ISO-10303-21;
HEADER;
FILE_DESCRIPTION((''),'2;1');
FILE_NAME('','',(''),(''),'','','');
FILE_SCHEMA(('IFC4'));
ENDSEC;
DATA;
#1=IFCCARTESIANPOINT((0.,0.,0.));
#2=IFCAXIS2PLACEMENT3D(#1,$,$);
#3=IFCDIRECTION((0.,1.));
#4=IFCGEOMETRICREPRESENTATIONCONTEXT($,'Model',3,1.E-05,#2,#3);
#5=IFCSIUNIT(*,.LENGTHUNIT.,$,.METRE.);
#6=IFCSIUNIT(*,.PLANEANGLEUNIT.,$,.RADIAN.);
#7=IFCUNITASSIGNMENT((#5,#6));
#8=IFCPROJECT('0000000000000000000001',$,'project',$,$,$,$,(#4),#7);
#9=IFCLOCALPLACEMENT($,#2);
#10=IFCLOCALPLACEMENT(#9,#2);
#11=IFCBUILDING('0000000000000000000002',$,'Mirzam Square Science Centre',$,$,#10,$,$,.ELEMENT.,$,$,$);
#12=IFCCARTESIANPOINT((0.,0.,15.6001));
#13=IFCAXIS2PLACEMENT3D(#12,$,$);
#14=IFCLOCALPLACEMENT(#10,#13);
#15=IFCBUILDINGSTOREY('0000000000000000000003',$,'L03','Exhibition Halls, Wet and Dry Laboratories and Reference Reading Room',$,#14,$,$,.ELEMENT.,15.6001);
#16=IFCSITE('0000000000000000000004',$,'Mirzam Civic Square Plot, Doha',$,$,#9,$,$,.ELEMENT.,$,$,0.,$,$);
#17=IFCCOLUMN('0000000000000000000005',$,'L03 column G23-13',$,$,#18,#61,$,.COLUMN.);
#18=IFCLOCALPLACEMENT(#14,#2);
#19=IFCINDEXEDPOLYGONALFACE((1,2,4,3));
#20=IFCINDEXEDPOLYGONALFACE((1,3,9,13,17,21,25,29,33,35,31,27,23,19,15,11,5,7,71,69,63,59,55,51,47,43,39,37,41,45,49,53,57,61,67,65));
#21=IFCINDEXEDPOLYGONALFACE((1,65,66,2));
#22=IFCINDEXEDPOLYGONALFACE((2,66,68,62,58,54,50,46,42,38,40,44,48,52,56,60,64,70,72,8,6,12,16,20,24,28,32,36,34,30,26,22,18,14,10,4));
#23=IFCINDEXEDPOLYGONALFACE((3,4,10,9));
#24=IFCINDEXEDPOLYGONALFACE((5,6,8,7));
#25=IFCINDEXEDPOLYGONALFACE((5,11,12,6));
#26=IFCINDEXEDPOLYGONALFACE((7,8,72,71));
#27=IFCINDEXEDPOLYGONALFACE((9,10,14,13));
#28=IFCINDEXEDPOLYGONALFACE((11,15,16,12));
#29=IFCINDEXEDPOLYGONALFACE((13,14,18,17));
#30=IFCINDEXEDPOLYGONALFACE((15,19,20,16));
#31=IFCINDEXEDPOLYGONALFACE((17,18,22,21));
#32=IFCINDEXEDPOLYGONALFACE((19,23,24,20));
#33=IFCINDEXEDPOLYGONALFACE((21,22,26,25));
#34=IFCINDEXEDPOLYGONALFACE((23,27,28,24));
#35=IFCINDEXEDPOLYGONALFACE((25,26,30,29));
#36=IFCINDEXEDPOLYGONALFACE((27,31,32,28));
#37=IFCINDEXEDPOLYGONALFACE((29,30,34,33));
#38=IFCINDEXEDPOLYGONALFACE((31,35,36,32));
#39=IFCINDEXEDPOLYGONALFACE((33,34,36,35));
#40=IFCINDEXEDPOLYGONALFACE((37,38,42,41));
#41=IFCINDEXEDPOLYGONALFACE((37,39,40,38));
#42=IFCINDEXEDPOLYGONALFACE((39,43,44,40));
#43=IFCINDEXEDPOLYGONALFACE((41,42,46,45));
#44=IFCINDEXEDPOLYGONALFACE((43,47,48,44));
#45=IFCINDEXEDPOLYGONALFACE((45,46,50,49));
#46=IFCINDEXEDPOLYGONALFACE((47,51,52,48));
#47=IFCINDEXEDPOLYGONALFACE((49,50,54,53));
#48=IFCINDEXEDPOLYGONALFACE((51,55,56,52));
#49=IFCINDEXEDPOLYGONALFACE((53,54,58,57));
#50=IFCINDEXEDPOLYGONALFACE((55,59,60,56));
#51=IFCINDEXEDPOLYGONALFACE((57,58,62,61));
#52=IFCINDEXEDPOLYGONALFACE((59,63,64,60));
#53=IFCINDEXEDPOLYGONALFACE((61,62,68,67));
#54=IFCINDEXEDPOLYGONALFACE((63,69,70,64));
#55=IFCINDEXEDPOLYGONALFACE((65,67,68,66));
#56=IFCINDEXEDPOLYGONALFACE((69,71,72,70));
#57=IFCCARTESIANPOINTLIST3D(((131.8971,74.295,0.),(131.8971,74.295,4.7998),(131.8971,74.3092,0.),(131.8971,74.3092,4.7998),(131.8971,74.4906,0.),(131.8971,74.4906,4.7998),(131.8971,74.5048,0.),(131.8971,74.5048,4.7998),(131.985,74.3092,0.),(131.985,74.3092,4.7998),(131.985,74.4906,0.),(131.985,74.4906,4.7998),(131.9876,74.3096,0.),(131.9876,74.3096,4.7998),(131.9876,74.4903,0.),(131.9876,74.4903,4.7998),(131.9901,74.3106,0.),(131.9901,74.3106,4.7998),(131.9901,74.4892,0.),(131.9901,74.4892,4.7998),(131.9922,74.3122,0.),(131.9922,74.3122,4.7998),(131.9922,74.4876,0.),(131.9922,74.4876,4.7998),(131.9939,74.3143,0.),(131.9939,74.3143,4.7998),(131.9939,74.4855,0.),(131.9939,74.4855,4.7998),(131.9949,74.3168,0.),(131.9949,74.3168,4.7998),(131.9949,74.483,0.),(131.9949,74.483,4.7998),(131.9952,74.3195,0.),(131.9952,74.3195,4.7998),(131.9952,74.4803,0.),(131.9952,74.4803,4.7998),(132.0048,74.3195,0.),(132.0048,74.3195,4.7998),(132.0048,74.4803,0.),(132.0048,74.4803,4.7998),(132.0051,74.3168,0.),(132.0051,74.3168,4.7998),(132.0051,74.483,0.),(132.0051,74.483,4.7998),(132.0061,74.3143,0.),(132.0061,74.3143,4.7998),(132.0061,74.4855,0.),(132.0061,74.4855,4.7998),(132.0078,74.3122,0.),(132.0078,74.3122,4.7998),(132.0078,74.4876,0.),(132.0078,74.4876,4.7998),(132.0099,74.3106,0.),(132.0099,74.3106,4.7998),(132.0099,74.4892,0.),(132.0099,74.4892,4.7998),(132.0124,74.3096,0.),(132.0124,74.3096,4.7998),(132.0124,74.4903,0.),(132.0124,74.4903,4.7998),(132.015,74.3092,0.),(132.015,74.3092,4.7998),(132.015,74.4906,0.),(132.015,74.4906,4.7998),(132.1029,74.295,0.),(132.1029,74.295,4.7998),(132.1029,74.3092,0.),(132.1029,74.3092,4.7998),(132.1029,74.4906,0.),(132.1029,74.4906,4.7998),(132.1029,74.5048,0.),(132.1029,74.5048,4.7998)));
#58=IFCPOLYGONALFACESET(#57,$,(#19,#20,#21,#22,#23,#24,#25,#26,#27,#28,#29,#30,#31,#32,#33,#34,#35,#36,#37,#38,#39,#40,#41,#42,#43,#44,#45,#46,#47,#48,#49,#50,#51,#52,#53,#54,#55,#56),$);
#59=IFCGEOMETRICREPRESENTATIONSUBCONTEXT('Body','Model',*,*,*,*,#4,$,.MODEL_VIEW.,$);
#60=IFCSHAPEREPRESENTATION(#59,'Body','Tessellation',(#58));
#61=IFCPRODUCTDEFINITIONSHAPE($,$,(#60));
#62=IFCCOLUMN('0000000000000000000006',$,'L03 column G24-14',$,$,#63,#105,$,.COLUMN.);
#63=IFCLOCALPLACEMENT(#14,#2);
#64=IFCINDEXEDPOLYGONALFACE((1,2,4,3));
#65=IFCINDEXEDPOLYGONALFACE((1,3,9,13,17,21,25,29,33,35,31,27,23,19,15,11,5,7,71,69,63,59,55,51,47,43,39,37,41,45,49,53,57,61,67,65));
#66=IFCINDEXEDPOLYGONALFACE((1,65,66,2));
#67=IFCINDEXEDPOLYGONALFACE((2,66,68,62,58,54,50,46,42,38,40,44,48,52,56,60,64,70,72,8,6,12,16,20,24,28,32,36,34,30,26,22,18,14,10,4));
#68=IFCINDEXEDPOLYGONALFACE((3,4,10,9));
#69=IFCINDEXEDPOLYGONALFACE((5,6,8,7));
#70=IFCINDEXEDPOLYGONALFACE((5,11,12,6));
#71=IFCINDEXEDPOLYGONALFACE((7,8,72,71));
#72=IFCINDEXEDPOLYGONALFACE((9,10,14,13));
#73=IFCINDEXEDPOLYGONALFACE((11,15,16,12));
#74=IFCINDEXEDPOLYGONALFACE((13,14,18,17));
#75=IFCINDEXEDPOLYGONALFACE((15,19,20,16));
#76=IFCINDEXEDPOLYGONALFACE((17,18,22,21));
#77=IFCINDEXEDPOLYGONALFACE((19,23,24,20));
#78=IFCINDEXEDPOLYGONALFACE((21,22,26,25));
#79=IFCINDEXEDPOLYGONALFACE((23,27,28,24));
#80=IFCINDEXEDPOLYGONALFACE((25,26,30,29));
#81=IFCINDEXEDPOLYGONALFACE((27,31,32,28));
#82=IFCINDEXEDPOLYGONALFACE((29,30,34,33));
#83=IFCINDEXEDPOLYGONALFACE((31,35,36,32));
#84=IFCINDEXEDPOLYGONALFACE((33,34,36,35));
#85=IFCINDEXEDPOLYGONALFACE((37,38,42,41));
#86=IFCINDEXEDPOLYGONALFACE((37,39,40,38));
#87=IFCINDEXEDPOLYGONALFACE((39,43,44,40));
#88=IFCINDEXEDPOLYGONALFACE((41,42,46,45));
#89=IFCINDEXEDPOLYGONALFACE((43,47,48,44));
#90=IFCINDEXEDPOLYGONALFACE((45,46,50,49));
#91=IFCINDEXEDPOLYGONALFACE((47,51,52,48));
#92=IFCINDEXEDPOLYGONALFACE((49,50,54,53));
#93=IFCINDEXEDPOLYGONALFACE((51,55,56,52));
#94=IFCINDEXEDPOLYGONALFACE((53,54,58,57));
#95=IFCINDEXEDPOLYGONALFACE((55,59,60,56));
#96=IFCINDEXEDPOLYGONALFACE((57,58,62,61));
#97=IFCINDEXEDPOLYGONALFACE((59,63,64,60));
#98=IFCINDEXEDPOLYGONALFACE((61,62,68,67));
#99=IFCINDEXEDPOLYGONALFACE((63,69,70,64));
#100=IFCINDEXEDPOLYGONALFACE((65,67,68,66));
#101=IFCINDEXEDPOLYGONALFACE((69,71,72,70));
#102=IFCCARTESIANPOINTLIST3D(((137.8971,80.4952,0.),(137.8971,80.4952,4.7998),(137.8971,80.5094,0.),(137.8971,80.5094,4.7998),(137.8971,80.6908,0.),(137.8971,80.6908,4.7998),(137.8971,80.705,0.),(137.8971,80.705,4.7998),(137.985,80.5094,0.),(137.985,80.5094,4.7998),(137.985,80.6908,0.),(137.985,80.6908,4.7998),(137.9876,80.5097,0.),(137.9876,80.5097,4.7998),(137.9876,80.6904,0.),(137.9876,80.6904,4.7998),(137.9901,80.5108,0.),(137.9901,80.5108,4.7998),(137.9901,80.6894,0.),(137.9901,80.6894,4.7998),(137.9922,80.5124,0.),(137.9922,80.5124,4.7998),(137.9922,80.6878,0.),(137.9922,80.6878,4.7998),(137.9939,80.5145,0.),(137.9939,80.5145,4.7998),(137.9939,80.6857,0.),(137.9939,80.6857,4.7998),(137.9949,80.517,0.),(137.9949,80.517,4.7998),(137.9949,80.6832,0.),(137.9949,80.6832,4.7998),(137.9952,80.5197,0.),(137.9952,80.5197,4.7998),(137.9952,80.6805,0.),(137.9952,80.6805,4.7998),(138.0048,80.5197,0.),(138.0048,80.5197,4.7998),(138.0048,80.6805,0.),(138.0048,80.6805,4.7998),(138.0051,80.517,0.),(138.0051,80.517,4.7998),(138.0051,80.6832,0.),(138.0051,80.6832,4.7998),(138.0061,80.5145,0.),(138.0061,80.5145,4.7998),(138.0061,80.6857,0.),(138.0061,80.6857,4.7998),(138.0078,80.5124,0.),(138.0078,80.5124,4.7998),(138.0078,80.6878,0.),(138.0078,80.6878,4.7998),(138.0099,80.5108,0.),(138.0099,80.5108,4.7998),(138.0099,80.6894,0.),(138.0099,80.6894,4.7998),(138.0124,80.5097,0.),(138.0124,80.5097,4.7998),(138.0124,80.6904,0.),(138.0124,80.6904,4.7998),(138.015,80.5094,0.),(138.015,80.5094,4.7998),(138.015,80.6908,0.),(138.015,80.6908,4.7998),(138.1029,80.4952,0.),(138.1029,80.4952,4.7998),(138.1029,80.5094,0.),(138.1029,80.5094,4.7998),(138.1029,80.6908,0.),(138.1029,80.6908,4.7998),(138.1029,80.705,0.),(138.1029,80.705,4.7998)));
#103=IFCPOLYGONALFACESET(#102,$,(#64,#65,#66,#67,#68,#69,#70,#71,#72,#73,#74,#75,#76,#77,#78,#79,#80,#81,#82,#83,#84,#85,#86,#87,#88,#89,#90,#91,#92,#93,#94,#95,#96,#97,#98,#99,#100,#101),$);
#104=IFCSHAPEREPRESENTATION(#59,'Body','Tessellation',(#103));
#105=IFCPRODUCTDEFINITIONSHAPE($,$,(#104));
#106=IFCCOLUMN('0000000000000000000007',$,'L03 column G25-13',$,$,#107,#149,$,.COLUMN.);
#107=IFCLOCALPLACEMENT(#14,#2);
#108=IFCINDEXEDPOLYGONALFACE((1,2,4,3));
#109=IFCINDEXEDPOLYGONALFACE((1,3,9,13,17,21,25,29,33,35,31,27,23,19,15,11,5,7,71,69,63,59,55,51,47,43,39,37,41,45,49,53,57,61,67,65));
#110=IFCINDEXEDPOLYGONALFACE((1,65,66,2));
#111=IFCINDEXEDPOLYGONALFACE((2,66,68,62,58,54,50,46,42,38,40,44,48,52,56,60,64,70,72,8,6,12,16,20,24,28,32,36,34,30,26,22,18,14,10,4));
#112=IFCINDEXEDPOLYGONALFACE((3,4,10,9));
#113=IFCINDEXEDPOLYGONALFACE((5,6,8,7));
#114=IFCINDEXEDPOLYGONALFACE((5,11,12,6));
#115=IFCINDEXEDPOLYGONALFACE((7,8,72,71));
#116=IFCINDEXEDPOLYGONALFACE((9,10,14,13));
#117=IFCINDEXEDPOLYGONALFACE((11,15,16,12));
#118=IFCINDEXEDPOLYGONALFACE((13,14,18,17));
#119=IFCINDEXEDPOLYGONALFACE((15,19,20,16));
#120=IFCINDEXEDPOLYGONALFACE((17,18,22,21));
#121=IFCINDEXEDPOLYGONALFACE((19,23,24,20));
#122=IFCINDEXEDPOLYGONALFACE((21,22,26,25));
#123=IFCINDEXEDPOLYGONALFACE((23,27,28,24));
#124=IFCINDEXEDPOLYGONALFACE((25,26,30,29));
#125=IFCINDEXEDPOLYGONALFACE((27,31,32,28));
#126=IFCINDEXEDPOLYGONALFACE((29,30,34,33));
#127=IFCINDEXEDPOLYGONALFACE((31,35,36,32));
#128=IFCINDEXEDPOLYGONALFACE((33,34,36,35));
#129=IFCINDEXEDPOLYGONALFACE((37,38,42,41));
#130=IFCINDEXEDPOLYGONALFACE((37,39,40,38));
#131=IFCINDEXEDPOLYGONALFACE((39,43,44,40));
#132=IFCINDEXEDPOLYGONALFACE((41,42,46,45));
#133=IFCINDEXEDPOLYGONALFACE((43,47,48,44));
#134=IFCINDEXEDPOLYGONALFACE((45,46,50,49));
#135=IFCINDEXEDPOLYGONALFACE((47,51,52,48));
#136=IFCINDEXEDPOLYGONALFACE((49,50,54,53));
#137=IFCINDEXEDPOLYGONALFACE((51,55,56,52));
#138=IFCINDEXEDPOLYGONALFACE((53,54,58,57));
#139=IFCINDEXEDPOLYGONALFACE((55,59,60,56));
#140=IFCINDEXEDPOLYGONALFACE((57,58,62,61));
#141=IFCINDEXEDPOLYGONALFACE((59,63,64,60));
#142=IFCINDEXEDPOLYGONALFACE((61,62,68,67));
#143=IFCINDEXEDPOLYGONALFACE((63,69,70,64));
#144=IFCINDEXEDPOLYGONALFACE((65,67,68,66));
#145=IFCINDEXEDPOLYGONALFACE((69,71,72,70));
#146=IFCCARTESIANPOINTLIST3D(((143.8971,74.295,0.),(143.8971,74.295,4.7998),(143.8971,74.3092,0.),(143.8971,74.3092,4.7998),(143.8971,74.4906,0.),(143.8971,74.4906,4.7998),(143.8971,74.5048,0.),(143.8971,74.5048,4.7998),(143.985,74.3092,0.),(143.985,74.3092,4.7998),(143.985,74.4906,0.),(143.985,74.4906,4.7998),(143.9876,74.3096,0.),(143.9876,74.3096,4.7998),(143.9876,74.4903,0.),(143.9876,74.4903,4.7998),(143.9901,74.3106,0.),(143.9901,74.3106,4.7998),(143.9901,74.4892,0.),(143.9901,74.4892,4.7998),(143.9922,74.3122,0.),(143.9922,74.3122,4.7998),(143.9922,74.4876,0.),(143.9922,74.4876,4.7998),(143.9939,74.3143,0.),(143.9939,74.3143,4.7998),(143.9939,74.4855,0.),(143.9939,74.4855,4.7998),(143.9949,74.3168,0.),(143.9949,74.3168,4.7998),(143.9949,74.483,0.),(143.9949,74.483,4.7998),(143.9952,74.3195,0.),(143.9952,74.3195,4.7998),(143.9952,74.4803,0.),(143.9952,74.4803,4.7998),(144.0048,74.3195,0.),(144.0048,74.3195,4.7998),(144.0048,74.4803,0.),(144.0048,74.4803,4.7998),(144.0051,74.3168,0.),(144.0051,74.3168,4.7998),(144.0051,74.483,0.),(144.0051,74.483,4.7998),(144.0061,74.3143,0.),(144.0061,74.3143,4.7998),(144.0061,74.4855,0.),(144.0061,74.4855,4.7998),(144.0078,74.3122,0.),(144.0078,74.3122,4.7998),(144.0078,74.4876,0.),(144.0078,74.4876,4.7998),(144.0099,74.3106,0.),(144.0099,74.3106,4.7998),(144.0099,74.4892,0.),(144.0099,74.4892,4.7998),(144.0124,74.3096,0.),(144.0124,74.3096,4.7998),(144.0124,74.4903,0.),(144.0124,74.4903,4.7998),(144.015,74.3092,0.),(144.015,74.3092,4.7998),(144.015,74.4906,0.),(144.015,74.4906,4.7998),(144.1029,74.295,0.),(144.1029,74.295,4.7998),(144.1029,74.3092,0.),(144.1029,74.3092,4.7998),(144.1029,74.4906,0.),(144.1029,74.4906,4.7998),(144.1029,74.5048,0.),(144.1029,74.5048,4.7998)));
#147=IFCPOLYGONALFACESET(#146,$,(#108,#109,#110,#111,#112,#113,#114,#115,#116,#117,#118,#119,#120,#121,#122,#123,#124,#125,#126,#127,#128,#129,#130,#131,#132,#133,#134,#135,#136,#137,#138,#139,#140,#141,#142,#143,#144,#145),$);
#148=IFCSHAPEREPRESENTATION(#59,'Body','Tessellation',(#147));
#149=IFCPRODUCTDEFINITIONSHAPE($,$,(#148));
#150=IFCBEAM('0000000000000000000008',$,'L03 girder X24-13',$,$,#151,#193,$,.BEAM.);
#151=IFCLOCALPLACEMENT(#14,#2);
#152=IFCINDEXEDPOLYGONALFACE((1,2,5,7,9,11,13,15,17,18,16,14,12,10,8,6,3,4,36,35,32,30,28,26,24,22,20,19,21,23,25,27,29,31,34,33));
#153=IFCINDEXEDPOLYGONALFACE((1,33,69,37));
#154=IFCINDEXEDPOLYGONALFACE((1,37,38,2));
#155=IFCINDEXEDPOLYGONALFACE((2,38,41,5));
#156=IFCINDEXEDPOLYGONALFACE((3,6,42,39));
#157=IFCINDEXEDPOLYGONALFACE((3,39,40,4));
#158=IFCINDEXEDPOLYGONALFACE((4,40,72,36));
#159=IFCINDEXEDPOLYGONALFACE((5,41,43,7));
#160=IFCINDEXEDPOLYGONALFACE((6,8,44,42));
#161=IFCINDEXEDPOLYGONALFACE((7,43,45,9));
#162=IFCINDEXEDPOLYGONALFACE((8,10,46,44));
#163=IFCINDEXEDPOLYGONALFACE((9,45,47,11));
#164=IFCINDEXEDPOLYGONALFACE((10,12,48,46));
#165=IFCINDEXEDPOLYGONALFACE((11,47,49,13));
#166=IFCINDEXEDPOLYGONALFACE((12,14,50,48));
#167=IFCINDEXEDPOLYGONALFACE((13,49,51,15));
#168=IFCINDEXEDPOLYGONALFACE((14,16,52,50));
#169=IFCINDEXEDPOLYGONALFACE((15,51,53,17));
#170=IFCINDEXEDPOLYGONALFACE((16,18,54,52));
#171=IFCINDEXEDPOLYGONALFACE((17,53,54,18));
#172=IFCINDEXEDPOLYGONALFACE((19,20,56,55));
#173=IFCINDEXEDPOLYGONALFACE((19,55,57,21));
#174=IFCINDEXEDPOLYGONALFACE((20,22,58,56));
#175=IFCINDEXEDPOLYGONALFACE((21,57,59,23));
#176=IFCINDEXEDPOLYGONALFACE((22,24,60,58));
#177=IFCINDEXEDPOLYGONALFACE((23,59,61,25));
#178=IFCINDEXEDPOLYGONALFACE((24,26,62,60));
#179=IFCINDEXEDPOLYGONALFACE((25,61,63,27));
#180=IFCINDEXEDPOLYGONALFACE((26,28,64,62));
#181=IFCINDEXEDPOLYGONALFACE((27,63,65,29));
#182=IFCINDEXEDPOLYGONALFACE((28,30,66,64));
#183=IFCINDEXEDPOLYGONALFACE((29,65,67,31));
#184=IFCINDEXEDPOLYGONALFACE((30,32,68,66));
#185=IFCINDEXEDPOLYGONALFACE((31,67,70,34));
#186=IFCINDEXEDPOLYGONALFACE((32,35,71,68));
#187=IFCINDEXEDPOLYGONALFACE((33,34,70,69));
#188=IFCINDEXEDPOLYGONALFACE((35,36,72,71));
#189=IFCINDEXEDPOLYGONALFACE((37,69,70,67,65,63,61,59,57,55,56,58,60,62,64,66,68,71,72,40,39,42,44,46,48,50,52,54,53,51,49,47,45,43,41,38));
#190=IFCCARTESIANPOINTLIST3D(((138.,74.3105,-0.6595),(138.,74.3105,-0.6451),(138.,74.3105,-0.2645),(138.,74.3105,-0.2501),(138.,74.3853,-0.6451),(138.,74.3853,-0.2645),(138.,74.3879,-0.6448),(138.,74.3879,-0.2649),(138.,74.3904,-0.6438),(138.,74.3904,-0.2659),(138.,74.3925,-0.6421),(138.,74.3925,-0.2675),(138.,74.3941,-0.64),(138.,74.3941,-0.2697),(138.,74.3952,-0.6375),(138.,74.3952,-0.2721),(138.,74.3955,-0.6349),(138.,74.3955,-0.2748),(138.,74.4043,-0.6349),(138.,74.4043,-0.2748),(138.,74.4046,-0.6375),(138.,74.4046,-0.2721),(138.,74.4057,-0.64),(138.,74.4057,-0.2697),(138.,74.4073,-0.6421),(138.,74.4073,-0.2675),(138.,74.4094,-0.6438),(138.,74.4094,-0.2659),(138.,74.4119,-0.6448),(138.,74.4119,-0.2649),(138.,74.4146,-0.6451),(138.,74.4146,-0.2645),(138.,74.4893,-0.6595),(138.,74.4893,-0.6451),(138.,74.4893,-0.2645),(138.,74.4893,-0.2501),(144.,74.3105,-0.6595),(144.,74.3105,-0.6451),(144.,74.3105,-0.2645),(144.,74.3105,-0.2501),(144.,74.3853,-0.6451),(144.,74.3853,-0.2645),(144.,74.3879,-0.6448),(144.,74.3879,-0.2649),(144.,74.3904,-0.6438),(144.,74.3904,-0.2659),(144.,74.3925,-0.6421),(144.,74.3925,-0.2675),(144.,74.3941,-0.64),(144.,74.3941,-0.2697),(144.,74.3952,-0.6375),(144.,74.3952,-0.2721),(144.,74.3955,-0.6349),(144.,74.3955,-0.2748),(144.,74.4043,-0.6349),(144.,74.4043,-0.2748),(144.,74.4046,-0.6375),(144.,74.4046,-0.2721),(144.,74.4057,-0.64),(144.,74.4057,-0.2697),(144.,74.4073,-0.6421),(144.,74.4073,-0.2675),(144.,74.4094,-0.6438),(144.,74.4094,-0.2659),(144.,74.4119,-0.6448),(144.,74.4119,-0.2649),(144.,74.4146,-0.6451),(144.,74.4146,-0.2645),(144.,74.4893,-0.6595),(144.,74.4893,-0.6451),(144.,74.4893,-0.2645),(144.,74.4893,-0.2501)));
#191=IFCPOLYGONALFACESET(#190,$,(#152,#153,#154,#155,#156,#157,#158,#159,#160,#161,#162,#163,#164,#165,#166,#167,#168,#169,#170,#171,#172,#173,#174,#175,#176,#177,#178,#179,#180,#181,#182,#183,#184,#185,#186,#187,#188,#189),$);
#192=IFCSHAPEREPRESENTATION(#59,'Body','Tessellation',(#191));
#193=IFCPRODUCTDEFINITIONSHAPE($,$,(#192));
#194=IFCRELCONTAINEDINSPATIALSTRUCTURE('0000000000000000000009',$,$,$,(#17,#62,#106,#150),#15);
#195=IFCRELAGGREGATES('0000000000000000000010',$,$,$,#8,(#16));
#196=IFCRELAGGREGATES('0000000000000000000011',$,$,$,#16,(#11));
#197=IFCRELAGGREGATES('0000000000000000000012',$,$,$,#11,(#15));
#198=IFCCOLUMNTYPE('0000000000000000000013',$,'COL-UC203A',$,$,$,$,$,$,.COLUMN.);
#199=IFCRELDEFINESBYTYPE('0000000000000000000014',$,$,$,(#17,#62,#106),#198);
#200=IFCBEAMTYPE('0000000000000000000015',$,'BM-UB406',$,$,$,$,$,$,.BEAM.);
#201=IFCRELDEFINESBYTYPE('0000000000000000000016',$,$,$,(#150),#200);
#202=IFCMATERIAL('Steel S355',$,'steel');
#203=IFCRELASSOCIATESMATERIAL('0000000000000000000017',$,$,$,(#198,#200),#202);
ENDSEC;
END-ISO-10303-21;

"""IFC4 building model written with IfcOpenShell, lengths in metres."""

from ifc_helpers import new_model, si_unit, direction, frame, origin, origin_2d, place, context, subcontext, project, spatial, i_section, extrude, material, material_profile, profile_set, type_object, element, save


model = new_model("IFC4")

# Units and contexts
model_context = context("Model", 3, precision=1e-05, world=origin(), true_north=direction((0.0, 1.0)))
body_context = subcontext(model_context, "Body", "Model", "MODEL_VIEW")
ifc_project = project(units=[si_unit("LENGTHUNIT", "METRE"), si_unit("PLANEANGLEUNIT", "RADIAN")], contexts=[model_context])

# Site, building, storey
site_placement = place(None, origin())
site = spatial("IfcSite", under=ifc_project, at=site_placement, Name="Mirzam Civic Square Plot, Doha", CompositionType="ELEMENT", RefElevation=0.0)
building_placement = place(site_placement, origin())
building = spatial("IfcBuilding", under=site, at=building_placement, Name="Mirzam Square Science Centre", CompositionType="ELEMENT")
storey_placement = place(building_placement, frame((0.0, 0.0, 15.6001)))
storey = spatial("IfcBuildingStorey", under=building, at=storey_placement, Name="L03", Description="Exhibition Halls, Wet and Dry Laboratories and Reference Reading Room", CompositionType="ELEMENT", Elevation=15.6001)

# Columns
ifc_material_1 = material(Name="Steel S355", Category="steel")
ifc_material_profile_1 = material_profile(ifc_material_1, i_section(OverallWidth=0.2058, OverallDepth=0.2097, WebThickness=0.0095, FlangeThickness=0.0142, FilletRadius=0.0103, at=origin_2d()), Name="203x203x60UC")
ifc_profile_set_1 = profile_set([ifc_material_profile_1], Name="Steel S355")
column_type_1 = type_object("IfcColumnType", Name="COL-UC203A", PredefinedType="COLUMN", material=ifc_profile_set_1)
for number, where, z_axis, x_axis, name in (
    (1, (132.0, 74.3999, 0.0), (0.0, 0.0, 1.0), (1.0, 0.0, 0.0), "L03 column G23-13"),
    (2, (138.0, 80.6001, 0.0), (0.0, 0.0, 1.0), (1.0, 0.0, 0.0), "L03 column G24-14"),
    (3, (144.0, 74.3999, 0.0), (0.0, 0.0, 1.0), (1.0, 0.0, 0.0), "L03 column G25-13"),
):
    element("IfcColumn", number, at=place(storey_placement, frame(where, z_axis=z_axis, x_axis=x_axis)), inside=storey, type_object=column_type_1, Name=name, PredefinedType="COLUMN", context=body_context, shape_type="SweptSolid", body=[
        extrude(i_section(OverallWidth=0.2058, OverallDepth=0.2097, WebThickness=0.0095, FlangeThickness=0.0142, FilletRadius=0.0103, at=origin_2d()), origin(), (0.0, 0.0, 1.0), 4.7998),
    ])

# Beam
ifc_material_profile_2 = material_profile(ifc_material_1, i_section(OverallWidth=0.1787, OverallDepth=0.4094, WebThickness=0.0088, FlangeThickness=0.0144, FilletRadius=0.0103, at=origin_2d()), Name="406x178x67UB")
ifc_profile_set_2 = profile_set([ifc_material_profile_2], Name="Steel S355")
beam_type_1 = type_object("IfcBeamType", Name="BM-UB406", PredefinedType="BEAM", material=ifc_profile_set_2)
beam_1_placement = place(storey_placement, frame((138.0, 74.3999, -0.4548), z_axis=(1.0, 0.0, 0.0), x_axis=(0.0, 1.0, 0.0)))
element("IfcBeam", 4, at=beam_1_placement, inside=storey, type_object=beam_type_1, Name="L03 girder X24-13", PredefinedType="BEAM", context=body_context, shape_type="SweptSolid", body=[
    extrude(i_section(OverallWidth=0.1787, OverallDepth=0.4094, WebThickness=0.0088, FlangeThickness=0.0144, FilletRadius=0.0103, at=origin_2d()), origin(), (0.0, 0.0, 1.0), 6.0),
])

save(model, "model.ifc")
